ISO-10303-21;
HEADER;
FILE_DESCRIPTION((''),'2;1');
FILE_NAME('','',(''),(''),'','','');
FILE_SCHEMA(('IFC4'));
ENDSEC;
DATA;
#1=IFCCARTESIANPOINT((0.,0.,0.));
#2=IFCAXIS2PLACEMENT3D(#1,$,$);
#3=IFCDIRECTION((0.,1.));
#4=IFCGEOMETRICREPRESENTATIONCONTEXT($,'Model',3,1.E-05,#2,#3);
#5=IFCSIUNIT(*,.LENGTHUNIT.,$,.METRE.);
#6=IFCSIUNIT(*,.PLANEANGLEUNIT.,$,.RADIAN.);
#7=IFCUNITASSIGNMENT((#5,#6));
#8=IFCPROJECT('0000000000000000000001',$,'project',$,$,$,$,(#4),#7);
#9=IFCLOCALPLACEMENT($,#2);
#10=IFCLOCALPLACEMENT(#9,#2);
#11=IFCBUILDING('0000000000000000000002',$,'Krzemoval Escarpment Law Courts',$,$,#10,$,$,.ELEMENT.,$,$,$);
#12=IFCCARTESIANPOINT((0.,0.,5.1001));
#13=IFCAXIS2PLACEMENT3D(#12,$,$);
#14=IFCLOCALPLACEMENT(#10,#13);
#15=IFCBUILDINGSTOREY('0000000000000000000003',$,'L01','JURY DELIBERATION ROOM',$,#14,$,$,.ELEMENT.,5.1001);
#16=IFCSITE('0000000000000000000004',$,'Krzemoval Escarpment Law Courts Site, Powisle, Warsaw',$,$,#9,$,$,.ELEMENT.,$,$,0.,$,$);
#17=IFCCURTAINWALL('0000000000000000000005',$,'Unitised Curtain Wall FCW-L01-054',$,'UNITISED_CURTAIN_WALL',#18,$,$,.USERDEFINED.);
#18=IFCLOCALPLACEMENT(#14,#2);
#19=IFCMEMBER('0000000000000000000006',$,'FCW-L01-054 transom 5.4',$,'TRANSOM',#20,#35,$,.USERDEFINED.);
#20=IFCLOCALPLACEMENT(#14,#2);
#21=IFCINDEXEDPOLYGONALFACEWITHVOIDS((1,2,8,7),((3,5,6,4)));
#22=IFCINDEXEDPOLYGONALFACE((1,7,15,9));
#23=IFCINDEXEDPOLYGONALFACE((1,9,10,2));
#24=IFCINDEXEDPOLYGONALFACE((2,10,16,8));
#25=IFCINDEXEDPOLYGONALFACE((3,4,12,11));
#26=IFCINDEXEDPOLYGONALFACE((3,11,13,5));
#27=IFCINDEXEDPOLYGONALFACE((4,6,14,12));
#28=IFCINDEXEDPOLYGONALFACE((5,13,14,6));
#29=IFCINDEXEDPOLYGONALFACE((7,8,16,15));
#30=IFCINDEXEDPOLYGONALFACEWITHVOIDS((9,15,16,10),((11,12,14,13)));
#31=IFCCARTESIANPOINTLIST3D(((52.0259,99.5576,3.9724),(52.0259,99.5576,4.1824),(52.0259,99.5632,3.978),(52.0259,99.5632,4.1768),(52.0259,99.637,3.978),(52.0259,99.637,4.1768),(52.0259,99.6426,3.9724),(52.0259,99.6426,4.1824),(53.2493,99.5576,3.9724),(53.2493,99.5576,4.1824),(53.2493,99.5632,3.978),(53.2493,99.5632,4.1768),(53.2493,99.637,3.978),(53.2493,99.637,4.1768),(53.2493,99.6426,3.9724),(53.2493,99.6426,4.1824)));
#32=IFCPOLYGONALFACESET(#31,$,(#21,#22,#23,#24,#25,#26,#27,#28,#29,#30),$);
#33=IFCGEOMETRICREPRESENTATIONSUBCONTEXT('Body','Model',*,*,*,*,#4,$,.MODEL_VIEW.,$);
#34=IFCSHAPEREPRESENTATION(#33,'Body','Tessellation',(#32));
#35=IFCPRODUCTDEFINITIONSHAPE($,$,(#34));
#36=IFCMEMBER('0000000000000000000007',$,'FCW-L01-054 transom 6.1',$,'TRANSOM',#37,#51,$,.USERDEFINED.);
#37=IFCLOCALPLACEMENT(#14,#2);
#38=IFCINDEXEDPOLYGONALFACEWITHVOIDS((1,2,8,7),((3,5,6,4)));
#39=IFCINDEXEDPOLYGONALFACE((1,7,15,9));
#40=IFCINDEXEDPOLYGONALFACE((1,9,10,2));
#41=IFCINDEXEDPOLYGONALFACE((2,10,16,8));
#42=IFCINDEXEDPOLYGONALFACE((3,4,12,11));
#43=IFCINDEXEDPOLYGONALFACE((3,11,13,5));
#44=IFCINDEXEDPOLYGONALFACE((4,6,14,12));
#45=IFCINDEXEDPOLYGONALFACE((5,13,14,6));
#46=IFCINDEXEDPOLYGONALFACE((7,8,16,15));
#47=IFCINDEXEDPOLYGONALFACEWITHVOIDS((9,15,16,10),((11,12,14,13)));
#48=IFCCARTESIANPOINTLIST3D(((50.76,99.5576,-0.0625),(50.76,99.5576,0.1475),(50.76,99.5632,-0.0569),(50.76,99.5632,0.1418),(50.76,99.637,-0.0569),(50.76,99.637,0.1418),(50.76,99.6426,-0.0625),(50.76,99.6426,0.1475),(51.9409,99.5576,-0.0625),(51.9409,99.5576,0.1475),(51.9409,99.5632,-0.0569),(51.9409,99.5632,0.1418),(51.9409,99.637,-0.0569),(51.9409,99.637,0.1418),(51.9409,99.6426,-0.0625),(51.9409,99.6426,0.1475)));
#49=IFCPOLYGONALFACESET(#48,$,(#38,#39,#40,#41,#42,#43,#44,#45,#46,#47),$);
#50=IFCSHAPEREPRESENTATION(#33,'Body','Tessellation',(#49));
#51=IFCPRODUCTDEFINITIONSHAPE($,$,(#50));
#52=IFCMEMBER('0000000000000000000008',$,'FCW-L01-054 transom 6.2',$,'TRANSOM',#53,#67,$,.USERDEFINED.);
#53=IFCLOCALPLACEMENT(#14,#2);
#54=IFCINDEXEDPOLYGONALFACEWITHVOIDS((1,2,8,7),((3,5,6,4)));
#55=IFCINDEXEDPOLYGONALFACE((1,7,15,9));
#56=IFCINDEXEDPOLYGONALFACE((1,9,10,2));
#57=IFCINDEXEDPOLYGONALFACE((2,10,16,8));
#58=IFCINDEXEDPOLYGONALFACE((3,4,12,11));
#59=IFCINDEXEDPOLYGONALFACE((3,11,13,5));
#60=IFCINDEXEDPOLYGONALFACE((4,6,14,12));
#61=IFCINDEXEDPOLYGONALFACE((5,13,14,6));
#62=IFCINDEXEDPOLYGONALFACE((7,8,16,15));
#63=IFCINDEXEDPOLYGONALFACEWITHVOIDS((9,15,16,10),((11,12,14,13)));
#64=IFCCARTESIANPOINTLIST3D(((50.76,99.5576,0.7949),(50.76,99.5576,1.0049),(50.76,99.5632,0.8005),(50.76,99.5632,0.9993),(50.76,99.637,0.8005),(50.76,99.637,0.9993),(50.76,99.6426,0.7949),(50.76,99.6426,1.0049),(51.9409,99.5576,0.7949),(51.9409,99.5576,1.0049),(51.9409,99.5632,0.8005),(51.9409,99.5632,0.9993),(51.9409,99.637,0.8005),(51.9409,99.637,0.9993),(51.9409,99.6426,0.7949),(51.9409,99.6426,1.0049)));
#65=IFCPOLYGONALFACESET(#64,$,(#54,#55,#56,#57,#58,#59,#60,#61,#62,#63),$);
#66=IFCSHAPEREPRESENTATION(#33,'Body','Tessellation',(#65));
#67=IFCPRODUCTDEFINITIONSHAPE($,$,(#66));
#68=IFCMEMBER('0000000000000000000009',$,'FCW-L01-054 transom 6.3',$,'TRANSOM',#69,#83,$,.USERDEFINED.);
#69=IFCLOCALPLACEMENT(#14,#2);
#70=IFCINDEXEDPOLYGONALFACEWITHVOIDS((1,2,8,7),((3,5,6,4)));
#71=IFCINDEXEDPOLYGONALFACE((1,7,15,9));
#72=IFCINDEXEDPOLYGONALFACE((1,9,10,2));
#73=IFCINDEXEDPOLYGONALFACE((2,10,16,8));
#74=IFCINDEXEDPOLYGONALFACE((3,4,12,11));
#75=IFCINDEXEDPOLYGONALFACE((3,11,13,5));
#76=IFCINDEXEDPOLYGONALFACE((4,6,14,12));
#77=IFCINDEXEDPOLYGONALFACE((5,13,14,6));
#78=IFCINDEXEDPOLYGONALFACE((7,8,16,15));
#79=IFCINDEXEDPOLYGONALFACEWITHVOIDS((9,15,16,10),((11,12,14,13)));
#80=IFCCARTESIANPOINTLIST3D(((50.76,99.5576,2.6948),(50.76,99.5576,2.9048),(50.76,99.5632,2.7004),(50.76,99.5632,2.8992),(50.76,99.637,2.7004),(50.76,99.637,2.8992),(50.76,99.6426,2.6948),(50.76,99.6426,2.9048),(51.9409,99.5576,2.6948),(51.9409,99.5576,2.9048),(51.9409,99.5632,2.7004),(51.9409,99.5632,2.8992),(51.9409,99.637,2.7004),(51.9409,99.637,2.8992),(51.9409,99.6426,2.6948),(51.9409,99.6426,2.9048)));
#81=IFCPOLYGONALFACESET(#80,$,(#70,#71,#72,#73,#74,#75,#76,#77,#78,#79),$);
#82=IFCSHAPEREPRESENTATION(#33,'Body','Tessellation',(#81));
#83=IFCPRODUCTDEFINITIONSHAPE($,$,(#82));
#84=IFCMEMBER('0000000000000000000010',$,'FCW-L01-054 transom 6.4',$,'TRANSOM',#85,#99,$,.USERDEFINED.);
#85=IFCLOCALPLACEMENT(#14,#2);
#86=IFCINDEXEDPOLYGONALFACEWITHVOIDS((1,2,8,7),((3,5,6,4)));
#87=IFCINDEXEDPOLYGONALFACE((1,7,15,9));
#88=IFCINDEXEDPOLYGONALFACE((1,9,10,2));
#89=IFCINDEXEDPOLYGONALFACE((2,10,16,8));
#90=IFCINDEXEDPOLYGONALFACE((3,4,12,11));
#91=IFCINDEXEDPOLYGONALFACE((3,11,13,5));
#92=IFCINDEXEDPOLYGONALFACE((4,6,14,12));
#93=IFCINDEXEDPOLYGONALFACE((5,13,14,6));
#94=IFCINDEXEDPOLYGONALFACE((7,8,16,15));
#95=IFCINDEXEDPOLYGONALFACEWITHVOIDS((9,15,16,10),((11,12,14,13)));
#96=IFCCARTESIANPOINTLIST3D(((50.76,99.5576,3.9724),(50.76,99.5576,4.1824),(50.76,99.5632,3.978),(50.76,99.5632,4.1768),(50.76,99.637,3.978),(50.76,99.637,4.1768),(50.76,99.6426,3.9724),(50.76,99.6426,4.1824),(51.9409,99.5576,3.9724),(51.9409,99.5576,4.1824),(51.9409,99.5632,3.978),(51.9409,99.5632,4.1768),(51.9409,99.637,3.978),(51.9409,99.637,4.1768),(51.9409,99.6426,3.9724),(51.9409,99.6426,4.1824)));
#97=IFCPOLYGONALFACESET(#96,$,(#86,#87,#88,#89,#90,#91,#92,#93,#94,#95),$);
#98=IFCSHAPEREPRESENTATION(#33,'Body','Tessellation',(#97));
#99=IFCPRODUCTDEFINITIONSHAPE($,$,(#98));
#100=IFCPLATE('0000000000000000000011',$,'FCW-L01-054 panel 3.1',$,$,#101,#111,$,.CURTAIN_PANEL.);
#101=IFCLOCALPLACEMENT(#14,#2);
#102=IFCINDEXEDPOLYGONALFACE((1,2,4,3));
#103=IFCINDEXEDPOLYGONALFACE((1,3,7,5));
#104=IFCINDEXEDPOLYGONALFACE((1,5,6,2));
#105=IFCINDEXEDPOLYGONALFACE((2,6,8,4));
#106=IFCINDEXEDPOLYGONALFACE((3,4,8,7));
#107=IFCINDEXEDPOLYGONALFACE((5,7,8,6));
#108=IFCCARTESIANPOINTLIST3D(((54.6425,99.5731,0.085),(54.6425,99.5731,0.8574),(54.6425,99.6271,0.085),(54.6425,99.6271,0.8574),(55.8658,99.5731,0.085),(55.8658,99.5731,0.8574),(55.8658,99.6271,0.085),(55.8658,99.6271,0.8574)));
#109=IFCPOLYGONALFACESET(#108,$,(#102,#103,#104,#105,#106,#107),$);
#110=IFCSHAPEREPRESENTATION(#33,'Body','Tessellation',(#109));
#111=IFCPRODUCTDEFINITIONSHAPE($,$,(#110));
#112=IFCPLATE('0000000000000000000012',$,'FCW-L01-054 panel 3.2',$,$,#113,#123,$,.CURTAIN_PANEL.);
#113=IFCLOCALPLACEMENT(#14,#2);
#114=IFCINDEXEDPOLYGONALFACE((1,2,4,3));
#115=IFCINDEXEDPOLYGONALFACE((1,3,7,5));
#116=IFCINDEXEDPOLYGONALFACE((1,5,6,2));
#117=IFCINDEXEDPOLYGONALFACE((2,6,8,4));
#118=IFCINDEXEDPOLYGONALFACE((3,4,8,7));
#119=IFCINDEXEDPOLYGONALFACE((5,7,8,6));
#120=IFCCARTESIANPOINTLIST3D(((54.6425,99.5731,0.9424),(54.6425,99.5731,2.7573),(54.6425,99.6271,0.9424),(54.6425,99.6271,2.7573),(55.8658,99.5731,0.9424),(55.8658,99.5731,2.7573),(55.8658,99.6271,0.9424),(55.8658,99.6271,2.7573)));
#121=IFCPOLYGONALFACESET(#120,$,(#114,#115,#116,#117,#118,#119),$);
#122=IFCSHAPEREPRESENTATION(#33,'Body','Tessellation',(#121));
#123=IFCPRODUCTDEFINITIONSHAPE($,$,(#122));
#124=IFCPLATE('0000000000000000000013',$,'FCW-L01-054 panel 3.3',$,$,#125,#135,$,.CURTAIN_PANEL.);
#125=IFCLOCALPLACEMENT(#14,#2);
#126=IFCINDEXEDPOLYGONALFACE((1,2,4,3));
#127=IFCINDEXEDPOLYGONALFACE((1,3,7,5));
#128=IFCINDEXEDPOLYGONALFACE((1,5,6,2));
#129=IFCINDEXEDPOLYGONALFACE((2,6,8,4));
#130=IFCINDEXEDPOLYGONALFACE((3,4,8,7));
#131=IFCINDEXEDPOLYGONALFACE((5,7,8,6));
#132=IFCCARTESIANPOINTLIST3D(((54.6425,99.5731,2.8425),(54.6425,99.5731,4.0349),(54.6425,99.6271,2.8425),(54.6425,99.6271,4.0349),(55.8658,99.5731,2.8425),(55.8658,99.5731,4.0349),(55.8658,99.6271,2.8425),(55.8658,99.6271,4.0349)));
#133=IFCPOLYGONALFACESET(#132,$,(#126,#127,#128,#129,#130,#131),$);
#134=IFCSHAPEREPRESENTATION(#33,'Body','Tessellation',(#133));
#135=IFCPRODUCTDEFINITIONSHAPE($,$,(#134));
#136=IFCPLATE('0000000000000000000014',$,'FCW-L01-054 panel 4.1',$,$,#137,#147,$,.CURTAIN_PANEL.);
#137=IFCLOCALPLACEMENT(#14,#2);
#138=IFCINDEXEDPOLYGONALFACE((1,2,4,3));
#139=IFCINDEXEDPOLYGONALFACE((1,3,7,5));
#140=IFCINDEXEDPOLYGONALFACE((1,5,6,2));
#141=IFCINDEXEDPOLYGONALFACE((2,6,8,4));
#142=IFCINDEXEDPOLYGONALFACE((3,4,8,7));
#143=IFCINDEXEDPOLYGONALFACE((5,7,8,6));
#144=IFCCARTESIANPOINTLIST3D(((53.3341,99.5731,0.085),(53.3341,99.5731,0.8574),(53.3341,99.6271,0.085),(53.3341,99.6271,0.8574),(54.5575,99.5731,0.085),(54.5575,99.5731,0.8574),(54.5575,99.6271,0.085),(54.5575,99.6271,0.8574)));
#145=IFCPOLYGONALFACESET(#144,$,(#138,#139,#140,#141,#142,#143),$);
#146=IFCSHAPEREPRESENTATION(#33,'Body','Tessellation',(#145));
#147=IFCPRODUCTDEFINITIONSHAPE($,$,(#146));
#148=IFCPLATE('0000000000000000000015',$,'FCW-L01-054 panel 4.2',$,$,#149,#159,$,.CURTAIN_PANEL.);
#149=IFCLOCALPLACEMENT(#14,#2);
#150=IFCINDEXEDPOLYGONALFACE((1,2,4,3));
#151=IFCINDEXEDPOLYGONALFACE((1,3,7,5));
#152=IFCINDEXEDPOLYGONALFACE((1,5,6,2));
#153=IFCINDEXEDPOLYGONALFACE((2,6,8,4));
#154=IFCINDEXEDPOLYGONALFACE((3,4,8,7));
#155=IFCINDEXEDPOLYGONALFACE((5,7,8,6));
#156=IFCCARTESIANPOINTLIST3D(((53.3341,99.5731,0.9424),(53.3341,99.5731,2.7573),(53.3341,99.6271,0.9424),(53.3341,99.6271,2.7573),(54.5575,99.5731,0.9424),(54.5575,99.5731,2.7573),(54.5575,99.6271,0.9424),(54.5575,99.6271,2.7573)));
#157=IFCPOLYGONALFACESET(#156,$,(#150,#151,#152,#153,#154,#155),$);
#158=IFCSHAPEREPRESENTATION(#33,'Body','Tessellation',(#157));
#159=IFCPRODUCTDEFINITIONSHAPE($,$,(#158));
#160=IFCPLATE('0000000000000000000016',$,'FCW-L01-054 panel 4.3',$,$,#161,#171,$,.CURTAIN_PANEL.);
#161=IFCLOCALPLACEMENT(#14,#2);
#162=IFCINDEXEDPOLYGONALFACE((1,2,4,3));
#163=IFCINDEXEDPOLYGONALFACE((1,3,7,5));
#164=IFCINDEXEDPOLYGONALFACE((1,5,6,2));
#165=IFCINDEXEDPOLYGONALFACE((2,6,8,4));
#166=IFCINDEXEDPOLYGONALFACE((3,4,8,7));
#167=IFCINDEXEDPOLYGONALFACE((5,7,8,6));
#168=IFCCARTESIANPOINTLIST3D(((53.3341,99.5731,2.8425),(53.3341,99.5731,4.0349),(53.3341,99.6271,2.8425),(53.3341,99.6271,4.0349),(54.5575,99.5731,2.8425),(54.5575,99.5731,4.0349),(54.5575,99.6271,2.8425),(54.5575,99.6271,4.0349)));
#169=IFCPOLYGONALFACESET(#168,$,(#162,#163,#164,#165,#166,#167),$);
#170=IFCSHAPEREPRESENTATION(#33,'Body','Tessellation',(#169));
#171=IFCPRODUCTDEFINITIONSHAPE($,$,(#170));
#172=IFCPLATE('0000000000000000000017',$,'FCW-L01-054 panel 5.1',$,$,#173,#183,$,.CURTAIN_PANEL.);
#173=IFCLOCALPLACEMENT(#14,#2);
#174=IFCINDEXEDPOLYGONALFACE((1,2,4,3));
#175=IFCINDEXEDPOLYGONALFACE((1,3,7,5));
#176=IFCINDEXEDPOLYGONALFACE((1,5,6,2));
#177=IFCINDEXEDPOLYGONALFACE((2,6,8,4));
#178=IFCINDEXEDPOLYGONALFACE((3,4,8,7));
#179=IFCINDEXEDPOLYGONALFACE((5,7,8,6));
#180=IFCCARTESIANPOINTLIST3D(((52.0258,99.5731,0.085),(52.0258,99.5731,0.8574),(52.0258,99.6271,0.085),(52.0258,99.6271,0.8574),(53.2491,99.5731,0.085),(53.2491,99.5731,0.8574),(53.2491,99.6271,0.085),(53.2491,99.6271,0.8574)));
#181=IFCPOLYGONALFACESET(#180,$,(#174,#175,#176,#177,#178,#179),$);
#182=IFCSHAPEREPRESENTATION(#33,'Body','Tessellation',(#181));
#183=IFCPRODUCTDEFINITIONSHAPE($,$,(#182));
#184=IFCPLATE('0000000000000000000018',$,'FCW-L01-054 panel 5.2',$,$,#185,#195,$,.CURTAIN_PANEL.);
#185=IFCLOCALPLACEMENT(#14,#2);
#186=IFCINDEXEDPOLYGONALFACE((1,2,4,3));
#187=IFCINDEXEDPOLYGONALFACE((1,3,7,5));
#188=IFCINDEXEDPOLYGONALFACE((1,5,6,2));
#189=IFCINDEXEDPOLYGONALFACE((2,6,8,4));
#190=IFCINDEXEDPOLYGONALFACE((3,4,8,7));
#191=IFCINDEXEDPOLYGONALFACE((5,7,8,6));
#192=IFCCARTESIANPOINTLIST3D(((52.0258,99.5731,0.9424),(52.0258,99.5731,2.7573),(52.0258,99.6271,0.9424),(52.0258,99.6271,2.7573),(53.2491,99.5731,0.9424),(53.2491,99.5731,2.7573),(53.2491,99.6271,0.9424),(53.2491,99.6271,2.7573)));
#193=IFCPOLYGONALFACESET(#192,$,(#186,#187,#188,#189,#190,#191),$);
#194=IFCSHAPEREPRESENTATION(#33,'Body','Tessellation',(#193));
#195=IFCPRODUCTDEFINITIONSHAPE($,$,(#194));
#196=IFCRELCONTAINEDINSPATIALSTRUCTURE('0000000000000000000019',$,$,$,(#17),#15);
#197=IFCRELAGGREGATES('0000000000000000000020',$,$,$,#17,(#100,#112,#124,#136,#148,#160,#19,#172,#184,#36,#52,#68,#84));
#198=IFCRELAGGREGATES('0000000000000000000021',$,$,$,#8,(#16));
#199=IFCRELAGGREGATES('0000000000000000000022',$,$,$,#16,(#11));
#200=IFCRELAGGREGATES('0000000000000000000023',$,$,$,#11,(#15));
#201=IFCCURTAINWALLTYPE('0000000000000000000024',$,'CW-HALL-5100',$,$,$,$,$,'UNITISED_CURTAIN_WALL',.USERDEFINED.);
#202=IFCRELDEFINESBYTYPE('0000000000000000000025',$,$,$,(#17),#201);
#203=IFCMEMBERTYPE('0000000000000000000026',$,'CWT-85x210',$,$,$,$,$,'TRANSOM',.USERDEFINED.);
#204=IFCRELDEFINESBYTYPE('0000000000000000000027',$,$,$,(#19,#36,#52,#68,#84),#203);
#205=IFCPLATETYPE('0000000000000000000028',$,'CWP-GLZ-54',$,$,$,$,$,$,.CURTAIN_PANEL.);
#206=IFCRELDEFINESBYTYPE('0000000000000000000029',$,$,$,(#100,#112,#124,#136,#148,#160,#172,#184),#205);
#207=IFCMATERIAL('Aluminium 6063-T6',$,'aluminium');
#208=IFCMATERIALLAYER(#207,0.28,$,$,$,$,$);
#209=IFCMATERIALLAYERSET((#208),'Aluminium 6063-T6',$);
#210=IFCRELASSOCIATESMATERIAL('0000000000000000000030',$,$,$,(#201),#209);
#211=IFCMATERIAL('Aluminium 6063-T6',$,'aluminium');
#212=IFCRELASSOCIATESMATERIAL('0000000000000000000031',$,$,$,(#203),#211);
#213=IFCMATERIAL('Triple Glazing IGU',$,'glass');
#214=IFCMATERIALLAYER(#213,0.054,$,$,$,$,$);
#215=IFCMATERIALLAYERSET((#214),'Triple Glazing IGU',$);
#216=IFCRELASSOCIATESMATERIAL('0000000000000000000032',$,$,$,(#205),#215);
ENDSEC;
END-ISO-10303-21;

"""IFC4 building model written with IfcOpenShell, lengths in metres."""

from ifc_helpers import new_model, si_unit, direction, frame, origin, origin_2d, place, context, subcontext, project, spatial, rectangle, hollow_rectangle, extrude, material, layer, layer_set, material_profile, profile_set, type_object, element, aggregate, save


model = new_model("IFC4")

# Units and contexts
model_context = context("Model", 3, precision=1e-05, world=origin(), true_north=direction((0.0, 1.0)))
body_context = subcontext(model_context, "Body", "Model", "MODEL_VIEW")
ifc_project = project(units=[si_unit("LENGTHUNIT", "METRE"), si_unit("PLANEANGLEUNIT", "RADIAN")], contexts=[model_context])

# Site, building, storey
site_placement = place(None, origin())
site = spatial("IfcSite", under=ifc_project, at=site_placement, Name="Krzemoval Escarpment Law Courts Site, Powisle, Warsaw", CompositionType="ELEMENT", RefElevation=0.0)
building_placement = place(site_placement, origin())
building = spatial("IfcBuilding", under=site, at=building_placement, Name="Krzemoval Escarpment Law Courts", CompositionType="ELEMENT")
storey_placement = place(building_placement, frame((0.0, 0.0, 5.1001)))
storey = spatial("IfcBuildingStorey", under=building, at=storey_placement, Name="L01", Description="JURY DELIBERATION ROOM", CompositionType="ELEMENT", Elevation=5.1001)

# Curtain wall, members, plates
ifc_material_1 = material(Name="Aluminium 6063-T6", Category="aluminium")
ifc_layer_1 = layer(ifc_material_1, 0.28)
ifc_layer_set_1 = layer_set([ifc_layer_1], Name="Aluminium 6063-T6")
curtain_wall_type = type_object("IfcCurtainWallType", Name="CW-HALL-5100", ElementType="UNITISED_CURTAIN_WALL", PredefinedType="USERDEFINED", material=ifc_layer_set_1)
curtain_wall_placement = place(storey_placement, origin())
curtain_wall = element("IfcCurtainWall", 1, at=curtain_wall_placement, inside=storey, type_object=curtain_wall_type, Name="Unitised Curtain Wall FCW-L01-054", ObjectType="UNITISED_CURTAIN_WALL", PredefinedType="USERDEFINED")
ifc_material_2 = material(Name="Aluminium 6063-T6", Category="aluminium")
ifc_material_profile_1 = material_profile(ifc_material_2, hollow_rectangle(XDim=0.085, YDim=0.21, WallThickness=0.0056, at=origin_2d()), Name="ALU T85x210")
ifc_profile_set_1 = profile_set([ifc_material_profile_1], Name="Aluminium 6063-T6")
member_type_1 = type_object("IfcMemberType", Name="CWT-85x210", ElementType="TRANSOM", PredefinedType="USERDEFINED", material=ifc_profile_set_1)
member_1_placement = place(storey_placement, frame((53.2493, 99.6001, 4.0774), z_axis=(-1.0, 0.0, 0.0), x_axis=(0.0, -1.0, 0.0)))
member_1 = element("IfcMember", 2, at=member_1_placement, type_object=member_type_1, Name="FCW-L01-054 transom 5.4", ObjectType="TRANSOM", PredefinedType="USERDEFINED", context=body_context, shape_type="SweptSolid", body=[
    extrude(hollow_rectangle(XDim=0.085, YDim=0.21, WallThickness=0.0056, at=origin_2d()), origin(), (0.0, 0.0, 1.0), 1.2234),
])
member_2_placement = place(storey_placement, frame((51.9409, 99.6001, 0.0425), z_axis=(-1.0, 0.0, 0.0), x_axis=(0.0, -1.0, 0.0)))
member_2 = element("IfcMember", 3, at=member_2_placement, type_object=member_type_1, Name="FCW-L01-054 transom 6.1", ObjectType="TRANSOM", PredefinedType="USERDEFINED", context=body_context, shape_type="SweptSolid", body=[
    extrude(hollow_rectangle(XDim=0.085, YDim=0.21, WallThickness=0.0056, at=origin_2d()), origin(), (0.0, 0.0, 1.0), 1.1809),
])
member_3_placement = place(storey_placement, frame((51.9409, 99.6001, 0.8999), z_axis=(-1.0, 0.0, 0.0), x_axis=(0.0, -1.0, 0.0)))
member_3 = element("IfcMember", 4, at=member_3_placement, type_object=member_type_1, Name="FCW-L01-054 transom 6.2", ObjectType="TRANSOM", PredefinedType="USERDEFINED", context=body_context, shape_type="SweptSolid", body=[
    extrude(hollow_rectangle(XDim=0.085, YDim=0.21, WallThickness=0.0056, at=origin_2d()), origin(), (0.0, 0.0, 1.0), 1.1809),
])
member_4_placement = place(storey_placement, frame((51.9409, 99.6001, 2.7998), z_axis=(-1.0, 0.0, 0.0), x_axis=(0.0, -1.0, 0.0)))
member_4 = element("IfcMember", 5, at=member_4_placement, type_object=member_type_1, Name="FCW-L01-054 transom 6.3", ObjectType="TRANSOM", PredefinedType="USERDEFINED", context=body_context, shape_type="SweptSolid", body=[
    extrude(hollow_rectangle(XDim=0.085, YDim=0.21, WallThickness=0.0056, at=origin_2d()), origin(), (0.0, 0.0, 1.0), 1.1809),
])
member_5_placement = place(storey_placement, frame((51.9409, 99.6001, 4.0774), z_axis=(-1.0, 0.0, 0.0), x_axis=(0.0, -1.0, 0.0)))
member_5 = element("IfcMember", 6, at=member_5_placement, type_object=member_type_1, Name="FCW-L01-054 transom 6.4", ObjectType="TRANSOM", PredefinedType="USERDEFINED", context=body_context, shape_type="SweptSolid", body=[
    extrude(hollow_rectangle(XDim=0.085, YDim=0.21, WallThickness=0.0056, at=origin_2d()), origin(), (0.0, 0.0, 1.0), 1.1809),
])
ifc_material_3 = material(Name="Triple Glazing IGU", Category="glass")
ifc_layer_2 = layer(ifc_material_3, 0.054)
ifc_layer_set_2 = layer_set([ifc_layer_2], Name="Triple Glazing IGU")
plate_type = type_object("IfcPlateType", Name="CWP-GLZ-54", PredefinedType="CURTAIN_PANEL", material=ifc_layer_set_2)
plate_1_placement = place(storey_placement, frame((55.2542, 99.6001, 0.085), z_axis=(0.0, 0.0, 1.0), x_axis=(-1.0, 0.0, 0.0)))
plate_1 = element("IfcPlate", 7, at=plate_1_placement, type_object=plate_type, Name="FCW-L01-054 panel 3.1", PredefinedType="CURTAIN_PANEL", context=body_context, shape_type="SweptSolid", body=[
    extrude(rectangle(XDim=1.2234, YDim=0.054, at=origin_2d()), origin(), (0.0, 0.0, 1.0), 0.7725),
])
plate_2_placement = place(storey_placement, frame((55.2542, 99.6001, 0.9424), z_axis=(0.0, 0.0, 1.0), x_axis=(-1.0, 0.0, 0.0)))
plate_2 = element("IfcPlate", 8, at=plate_2_placement, type_object=plate_type, Name="FCW-L01-054 panel 3.2", PredefinedType="CURTAIN_PANEL", context=body_context, shape_type="SweptSolid", body=[
    extrude(rectangle(XDim=1.2234, YDim=0.054, at=origin_2d()), origin(), (0.0, 0.0, 1.0), 1.8149),
])
plate_3_placement = place(storey_placement, frame((55.2542, 99.6001, 2.8425), z_axis=(0.0, 0.0, 1.0), x_axis=(-1.0, 0.0, 0.0)))
plate_3 = element("IfcPlate", 9, at=plate_3_placement, type_object=plate_type, Name="FCW-L01-054 panel 3.3", PredefinedType="CURTAIN_PANEL", context=body_context, shape_type="SweptSolid", body=[
    extrude(rectangle(XDim=1.2234, YDim=0.054, at=origin_2d()), origin(), (0.0, 0.0, 1.0), 1.1924),
])
plate_4_placement = place(storey_placement, frame((53.9458, 99.6001, 0.085), z_axis=(0.0, 0.0, 1.0), x_axis=(-1.0, 0.0, 0.0)))
plate_4 = element("IfcPlate", 10, at=plate_4_placement, type_object=plate_type, Name="FCW-L01-054 panel 4.1", PredefinedType="CURTAIN_PANEL", context=body_context, shape_type="SweptSolid", body=[
    extrude(rectangle(XDim=1.2234, YDim=0.054, at=origin_2d()), origin(), (0.0, 0.0, 1.0), 0.7725),
])
plate_5_placement = place(storey_placement, frame((53.9458, 99.6001, 0.9424), z_axis=(0.0, 0.0, 1.0), x_axis=(-1.0, 0.0, 0.0)))
plate_5 = element("IfcPlate", 11, at=plate_5_placement, type_object=plate_type, Name="FCW-L01-054 panel 4.2", PredefinedType="CURTAIN_PANEL", context=body_context, shape_type="SweptSolid", body=[
    extrude(rectangle(XDim=1.2234, YDim=0.054, at=origin_2d()), origin(), (0.0, 0.0, 1.0), 1.8149),
])
plate_6_placement = place(storey_placement, frame((53.9458, 99.6001, 2.8425), z_axis=(0.0, 0.0, 1.0), x_axis=(-1.0, 0.0, 0.0)))
plate_6 = element("IfcPlate", 12, at=plate_6_placement, type_object=plate_type, Name="FCW-L01-054 panel 4.3", PredefinedType="CURTAIN_PANEL", context=body_context, shape_type="SweptSolid", body=[
    extrude(rectangle(XDim=1.2234, YDim=0.054, at=origin_2d()), origin(), (0.0, 0.0, 1.0), 1.1924),
])
plate_7_placement = place(storey_placement, frame((52.6375, 99.6001, 0.085), z_axis=(0.0, 0.0, 1.0), x_axis=(-1.0, 0.0, 0.0)))
plate_7 = element("IfcPlate", 13, at=plate_7_placement, type_object=plate_type, Name="FCW-L01-054 panel 5.1", PredefinedType="CURTAIN_PANEL", context=body_context, shape_type="SweptSolid", body=[
    extrude(rectangle(XDim=1.2234, YDim=0.054, at=origin_2d()), origin(), (0.0, 0.0, 1.0), 0.7725),
])
plate_8_placement = place(storey_placement, frame((52.6375, 99.6001, 0.9424), z_axis=(0.0, 0.0, 1.0), x_axis=(-1.0, 0.0, 0.0)))
plate_8 = element("IfcPlate", 14, at=plate_8_placement, type_object=plate_type, Name="FCW-L01-054 panel 5.2", PredefinedType="CURTAIN_PANEL", context=body_context, shape_type="SweptSolid", body=[
    extrude(rectangle(XDim=1.2234, YDim=0.054, at=origin_2d()), origin(), (0.0, 0.0, 1.0), 1.8149),
])
aggregate(curtain_wall, [plate_1, plate_2, plate_3, plate_4, plate_5, plate_6, member_1, plate_7, plate_8, member_2, member_3, member_4, member_5])

save(model, "model.ifc")
